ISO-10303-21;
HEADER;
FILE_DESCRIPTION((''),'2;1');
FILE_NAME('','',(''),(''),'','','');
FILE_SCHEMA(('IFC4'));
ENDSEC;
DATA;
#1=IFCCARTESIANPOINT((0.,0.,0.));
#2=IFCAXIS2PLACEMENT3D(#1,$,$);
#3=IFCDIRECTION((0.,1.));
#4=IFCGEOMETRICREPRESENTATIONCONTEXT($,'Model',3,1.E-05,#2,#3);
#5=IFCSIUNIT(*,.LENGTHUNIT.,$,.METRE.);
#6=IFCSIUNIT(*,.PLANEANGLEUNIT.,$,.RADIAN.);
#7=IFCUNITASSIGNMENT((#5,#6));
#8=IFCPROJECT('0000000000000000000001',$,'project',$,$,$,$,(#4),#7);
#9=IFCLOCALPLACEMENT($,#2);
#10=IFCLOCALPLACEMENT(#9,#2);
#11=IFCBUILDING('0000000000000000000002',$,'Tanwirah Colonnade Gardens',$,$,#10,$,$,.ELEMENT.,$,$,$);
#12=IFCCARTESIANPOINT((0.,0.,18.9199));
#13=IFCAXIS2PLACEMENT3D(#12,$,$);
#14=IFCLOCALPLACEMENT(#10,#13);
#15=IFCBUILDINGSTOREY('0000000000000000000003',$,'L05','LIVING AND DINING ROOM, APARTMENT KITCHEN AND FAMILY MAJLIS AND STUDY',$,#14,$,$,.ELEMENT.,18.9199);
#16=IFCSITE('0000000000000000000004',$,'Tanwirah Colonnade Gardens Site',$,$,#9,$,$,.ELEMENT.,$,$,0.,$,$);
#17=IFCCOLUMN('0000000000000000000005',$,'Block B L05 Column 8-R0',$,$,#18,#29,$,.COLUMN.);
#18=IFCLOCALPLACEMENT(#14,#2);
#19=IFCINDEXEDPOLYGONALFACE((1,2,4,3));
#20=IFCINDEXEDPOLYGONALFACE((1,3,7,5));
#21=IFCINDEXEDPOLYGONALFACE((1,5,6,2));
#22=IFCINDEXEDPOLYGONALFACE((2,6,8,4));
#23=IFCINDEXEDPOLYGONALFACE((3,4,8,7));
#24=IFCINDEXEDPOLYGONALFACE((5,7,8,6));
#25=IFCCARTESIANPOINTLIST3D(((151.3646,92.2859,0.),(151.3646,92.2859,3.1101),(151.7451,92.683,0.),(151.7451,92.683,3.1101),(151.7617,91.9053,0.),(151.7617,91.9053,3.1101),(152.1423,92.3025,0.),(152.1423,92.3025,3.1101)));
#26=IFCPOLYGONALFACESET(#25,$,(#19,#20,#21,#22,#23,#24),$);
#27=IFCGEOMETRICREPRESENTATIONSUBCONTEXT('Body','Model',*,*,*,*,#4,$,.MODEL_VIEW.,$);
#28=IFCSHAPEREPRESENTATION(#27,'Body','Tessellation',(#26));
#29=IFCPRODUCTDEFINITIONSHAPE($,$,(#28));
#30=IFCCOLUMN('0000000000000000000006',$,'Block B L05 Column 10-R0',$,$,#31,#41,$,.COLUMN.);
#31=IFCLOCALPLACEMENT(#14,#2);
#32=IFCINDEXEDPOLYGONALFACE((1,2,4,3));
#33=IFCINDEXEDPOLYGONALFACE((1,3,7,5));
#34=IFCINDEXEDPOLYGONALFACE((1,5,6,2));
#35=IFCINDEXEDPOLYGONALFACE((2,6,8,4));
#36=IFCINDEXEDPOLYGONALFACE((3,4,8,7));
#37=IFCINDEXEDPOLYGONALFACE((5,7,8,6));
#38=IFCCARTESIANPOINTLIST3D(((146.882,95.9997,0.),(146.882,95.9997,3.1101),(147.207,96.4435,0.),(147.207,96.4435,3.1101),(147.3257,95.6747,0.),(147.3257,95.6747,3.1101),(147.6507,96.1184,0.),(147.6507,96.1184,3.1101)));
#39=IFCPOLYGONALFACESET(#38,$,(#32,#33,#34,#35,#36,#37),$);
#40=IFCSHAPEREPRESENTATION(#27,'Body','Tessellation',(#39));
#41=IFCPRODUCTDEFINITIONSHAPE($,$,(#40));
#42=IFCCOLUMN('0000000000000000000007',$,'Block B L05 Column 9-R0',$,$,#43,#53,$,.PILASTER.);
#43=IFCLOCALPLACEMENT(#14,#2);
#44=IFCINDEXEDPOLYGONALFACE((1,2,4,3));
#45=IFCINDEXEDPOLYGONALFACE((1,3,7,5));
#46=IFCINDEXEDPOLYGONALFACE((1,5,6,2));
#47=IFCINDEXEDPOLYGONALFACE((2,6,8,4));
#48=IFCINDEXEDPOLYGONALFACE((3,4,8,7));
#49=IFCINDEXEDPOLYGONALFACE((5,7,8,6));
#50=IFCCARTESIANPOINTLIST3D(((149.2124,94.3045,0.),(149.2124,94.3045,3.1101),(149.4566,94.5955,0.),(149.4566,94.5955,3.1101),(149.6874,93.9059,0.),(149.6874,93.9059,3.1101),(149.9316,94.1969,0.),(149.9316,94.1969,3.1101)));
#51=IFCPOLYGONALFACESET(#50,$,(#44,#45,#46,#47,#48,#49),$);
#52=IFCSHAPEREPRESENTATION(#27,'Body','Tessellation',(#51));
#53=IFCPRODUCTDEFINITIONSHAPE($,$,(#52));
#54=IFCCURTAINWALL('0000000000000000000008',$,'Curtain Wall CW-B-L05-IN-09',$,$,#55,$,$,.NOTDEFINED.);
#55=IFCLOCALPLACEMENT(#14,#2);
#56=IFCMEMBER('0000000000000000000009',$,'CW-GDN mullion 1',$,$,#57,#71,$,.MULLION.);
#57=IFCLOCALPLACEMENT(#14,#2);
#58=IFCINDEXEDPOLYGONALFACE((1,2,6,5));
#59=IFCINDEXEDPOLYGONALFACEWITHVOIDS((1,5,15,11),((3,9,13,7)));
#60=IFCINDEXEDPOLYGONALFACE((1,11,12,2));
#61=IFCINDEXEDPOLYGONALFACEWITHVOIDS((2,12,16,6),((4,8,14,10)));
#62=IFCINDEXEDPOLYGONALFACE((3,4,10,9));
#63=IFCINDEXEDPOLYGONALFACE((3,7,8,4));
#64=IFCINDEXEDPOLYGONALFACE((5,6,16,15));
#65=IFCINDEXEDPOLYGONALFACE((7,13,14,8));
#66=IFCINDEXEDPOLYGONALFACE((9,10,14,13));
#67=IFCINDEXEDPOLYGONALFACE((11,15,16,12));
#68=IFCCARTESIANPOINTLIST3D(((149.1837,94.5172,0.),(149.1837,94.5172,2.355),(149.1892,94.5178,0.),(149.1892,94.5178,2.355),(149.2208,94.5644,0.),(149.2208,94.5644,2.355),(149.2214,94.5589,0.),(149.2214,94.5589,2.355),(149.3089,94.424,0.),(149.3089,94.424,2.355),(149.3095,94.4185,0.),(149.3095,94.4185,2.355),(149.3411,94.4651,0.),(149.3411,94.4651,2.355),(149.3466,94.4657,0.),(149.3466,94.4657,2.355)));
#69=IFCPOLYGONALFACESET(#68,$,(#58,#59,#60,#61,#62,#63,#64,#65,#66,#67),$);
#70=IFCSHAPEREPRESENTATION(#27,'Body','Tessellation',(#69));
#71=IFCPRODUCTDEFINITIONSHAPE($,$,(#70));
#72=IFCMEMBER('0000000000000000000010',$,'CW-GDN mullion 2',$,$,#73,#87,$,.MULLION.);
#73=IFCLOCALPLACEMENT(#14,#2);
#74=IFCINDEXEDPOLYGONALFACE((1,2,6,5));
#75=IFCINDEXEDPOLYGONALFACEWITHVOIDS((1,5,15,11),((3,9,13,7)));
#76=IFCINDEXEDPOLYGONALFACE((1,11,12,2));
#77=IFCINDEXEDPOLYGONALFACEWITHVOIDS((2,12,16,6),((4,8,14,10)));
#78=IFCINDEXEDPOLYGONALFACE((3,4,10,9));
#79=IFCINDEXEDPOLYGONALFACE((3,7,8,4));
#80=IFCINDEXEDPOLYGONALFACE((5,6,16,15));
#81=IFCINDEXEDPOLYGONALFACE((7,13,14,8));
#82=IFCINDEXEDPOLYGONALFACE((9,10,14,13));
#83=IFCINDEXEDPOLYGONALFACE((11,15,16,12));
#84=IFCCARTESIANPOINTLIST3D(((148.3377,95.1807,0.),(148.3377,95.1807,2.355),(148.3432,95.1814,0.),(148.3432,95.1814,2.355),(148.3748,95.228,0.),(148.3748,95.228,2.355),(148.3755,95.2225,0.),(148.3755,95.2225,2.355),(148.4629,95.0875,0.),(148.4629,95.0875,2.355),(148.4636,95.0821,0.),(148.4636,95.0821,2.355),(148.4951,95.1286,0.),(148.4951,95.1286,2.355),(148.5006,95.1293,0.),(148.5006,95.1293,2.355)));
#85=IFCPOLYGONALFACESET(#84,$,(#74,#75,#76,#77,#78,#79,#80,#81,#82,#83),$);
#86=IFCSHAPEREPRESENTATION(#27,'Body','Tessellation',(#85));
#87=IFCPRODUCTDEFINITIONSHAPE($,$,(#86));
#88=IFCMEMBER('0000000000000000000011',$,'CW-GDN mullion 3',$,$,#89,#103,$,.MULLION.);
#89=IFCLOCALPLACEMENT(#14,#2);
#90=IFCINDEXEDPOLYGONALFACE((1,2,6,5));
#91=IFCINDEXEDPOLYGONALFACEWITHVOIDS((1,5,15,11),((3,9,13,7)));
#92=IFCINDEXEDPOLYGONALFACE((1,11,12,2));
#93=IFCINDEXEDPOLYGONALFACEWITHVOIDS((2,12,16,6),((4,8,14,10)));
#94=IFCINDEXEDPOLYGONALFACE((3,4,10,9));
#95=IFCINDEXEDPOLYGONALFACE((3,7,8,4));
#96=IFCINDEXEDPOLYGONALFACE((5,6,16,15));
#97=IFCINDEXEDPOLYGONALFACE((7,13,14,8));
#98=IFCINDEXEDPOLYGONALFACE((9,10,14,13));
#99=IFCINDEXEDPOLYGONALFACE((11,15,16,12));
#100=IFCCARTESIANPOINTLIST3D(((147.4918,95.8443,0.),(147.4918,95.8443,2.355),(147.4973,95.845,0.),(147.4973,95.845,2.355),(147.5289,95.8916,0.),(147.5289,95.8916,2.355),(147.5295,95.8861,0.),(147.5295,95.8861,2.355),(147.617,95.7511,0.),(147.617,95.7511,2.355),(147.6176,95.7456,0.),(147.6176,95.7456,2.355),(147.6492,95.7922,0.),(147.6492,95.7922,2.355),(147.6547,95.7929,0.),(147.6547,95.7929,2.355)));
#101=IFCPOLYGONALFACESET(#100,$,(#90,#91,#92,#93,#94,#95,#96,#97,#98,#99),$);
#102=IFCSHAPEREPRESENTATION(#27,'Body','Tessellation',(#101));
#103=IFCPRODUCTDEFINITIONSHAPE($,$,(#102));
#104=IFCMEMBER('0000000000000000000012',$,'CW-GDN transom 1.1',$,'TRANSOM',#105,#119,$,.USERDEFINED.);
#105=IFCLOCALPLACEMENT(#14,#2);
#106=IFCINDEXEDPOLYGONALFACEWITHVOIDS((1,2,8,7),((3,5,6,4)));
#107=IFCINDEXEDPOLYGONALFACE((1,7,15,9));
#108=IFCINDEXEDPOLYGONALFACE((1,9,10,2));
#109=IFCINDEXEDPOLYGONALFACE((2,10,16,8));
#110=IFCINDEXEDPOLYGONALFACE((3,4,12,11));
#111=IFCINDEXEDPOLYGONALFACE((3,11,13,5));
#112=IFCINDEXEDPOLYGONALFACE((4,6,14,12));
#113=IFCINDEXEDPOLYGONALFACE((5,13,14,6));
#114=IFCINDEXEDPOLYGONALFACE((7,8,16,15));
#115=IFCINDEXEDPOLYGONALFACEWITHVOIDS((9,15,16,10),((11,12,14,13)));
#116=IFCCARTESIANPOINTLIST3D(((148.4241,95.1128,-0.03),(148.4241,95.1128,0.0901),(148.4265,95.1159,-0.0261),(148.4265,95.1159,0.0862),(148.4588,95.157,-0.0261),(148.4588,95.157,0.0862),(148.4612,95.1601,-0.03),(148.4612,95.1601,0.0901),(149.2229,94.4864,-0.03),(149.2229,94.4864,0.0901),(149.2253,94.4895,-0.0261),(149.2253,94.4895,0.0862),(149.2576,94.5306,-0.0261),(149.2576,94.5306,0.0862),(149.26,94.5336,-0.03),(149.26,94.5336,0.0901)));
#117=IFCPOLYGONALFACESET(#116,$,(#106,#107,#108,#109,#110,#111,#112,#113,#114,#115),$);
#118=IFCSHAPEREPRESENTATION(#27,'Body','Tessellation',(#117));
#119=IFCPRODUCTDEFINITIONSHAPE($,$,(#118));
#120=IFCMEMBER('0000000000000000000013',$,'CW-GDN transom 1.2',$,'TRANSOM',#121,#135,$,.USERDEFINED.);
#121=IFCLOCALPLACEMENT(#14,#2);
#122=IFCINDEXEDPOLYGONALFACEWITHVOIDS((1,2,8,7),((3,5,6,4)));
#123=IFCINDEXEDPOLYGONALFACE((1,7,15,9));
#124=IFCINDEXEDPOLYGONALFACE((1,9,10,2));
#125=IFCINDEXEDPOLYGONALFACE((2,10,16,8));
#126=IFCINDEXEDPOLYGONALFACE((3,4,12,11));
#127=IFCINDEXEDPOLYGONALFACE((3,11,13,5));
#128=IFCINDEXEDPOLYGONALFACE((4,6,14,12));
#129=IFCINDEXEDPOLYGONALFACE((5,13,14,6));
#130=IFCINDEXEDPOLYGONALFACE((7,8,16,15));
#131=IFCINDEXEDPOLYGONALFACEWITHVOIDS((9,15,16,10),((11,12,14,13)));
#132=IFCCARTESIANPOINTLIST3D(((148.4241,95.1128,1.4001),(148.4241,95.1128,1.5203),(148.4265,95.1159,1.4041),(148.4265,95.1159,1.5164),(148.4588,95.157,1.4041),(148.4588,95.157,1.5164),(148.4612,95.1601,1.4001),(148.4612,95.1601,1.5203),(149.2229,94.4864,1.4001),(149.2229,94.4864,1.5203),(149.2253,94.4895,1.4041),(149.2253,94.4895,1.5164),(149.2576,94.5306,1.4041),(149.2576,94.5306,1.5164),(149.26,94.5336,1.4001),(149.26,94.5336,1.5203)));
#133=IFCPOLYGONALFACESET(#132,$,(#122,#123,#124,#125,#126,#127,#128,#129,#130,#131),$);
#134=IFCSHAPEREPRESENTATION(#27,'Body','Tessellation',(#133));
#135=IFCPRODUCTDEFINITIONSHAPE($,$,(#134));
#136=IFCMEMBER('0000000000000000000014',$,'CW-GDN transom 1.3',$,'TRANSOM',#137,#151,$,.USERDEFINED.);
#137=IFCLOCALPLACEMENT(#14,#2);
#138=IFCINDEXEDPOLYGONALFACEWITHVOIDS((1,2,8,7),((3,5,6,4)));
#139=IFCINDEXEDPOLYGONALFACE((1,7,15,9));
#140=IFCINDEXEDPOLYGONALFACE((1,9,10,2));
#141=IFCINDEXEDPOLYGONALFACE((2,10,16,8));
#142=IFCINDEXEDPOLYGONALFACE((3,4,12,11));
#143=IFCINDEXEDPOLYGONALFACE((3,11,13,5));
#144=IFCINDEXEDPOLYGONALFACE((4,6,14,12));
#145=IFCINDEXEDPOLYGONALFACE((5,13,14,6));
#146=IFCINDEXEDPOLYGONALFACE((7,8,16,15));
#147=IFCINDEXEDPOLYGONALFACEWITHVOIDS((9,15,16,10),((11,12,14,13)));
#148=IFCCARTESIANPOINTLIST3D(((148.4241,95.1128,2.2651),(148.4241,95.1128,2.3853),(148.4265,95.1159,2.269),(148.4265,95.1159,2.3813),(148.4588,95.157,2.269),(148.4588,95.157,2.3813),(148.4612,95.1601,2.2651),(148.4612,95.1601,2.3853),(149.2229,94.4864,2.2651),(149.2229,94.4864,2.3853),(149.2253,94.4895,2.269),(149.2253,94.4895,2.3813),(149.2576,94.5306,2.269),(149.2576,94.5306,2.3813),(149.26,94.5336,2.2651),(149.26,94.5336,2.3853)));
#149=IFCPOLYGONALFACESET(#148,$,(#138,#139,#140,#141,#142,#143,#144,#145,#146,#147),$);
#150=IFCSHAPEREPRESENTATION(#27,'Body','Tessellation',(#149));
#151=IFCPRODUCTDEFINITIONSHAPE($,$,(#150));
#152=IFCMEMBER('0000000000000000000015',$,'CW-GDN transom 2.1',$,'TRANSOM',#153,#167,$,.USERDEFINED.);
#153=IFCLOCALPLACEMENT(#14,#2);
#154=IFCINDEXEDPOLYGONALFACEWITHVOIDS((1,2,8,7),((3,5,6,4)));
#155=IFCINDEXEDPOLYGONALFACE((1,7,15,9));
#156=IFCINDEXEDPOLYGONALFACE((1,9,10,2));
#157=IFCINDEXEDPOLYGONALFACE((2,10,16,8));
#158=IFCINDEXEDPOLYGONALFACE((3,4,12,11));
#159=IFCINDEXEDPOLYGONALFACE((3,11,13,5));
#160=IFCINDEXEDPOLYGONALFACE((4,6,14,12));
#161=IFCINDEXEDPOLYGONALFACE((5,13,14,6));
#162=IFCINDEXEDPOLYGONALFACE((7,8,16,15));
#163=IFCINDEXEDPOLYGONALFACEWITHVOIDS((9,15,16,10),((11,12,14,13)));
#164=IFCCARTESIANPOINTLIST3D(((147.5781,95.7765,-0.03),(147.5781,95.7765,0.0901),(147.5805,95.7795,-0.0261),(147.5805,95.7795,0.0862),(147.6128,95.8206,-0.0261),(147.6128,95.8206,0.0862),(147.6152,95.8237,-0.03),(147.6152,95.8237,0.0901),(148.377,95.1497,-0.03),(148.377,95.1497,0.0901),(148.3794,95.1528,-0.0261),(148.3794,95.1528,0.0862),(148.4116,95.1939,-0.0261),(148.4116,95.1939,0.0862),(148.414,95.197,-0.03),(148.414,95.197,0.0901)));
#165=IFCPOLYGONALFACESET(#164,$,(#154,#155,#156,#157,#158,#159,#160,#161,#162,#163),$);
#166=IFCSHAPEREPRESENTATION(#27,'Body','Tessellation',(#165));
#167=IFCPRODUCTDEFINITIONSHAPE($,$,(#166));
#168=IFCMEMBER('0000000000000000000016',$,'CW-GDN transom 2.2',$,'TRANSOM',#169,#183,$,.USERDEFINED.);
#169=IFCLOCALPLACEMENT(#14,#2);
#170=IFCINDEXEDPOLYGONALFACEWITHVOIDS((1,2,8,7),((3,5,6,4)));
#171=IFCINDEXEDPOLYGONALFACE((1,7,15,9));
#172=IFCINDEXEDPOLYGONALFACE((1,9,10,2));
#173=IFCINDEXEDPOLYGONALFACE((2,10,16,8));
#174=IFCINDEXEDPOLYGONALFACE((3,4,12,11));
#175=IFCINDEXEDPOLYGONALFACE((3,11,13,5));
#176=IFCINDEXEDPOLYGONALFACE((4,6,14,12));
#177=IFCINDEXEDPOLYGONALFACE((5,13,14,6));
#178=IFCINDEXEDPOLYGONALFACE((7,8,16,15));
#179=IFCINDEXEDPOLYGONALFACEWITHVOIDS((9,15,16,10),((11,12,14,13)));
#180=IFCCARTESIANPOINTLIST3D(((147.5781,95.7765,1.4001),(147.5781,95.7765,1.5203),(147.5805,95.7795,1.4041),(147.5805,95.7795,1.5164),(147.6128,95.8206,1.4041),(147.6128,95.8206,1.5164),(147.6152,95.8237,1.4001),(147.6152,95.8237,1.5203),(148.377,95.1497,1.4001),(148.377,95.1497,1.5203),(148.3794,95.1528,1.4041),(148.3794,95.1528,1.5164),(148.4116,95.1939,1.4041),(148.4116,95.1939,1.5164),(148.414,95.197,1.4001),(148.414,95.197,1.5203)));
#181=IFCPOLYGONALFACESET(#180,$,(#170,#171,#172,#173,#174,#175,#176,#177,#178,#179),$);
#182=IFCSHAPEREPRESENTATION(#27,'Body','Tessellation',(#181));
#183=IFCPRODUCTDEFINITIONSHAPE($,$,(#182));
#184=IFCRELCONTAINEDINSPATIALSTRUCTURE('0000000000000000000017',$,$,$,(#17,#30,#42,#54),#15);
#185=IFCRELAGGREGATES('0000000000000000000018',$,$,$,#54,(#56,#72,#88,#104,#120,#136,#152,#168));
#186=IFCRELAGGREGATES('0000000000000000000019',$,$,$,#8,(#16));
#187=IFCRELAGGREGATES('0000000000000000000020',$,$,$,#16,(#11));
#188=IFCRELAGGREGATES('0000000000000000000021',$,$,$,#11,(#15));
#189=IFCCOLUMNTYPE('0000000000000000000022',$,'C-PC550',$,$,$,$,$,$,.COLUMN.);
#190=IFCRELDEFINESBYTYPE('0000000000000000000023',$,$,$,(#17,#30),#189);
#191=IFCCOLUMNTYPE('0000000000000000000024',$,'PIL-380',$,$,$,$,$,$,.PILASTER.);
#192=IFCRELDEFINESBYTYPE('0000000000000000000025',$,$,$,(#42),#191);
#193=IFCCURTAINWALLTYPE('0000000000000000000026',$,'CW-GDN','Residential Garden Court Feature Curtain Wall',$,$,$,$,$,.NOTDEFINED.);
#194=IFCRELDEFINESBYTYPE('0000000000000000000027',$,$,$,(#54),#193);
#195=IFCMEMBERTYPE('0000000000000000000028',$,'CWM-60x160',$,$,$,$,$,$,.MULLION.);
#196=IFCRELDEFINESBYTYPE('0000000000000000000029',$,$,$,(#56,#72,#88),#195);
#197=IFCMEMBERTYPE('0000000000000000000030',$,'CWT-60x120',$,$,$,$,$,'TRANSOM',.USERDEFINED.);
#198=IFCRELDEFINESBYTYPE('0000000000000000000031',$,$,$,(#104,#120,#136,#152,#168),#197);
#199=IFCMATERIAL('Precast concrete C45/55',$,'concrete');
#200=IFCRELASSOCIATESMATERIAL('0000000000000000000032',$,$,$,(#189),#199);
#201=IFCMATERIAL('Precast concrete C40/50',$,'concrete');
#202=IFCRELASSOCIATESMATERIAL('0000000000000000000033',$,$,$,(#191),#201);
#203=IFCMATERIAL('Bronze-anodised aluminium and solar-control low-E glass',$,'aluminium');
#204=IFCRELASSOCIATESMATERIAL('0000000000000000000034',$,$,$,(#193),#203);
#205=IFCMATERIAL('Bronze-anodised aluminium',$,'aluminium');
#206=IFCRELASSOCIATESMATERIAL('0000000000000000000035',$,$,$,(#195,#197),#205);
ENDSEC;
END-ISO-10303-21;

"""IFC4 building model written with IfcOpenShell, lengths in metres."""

from ifc_helpers import new_model, si_unit, direction, frame, origin, origin_2d, place, context, subcontext, project, spatial, rectangle, hollow_rectangle, extrude, material, material_profile, profile_set, type_object, element, aggregate, save


model = new_model("IFC4")

# Units and contexts
model_context = context("Model", 3, precision=1e-05, world=origin(), true_north=direction((0.0, 1.0)))
body_context = subcontext(model_context, "Body", "Model", "MODEL_VIEW")
ifc_project = project(units=[si_unit("LENGTHUNIT", "METRE"), si_unit("PLANEANGLEUNIT", "RADIAN")], contexts=[model_context])

# Site, building, storey
site_placement = place(None, origin())
site = spatial("IfcSite", under=ifc_project, at=site_placement, Name="Tanwirah Colonnade Gardens Site", CompositionType="ELEMENT", RefElevation=0.0)
building_placement = place(site_placement, origin())
building = spatial("IfcBuilding", under=site, at=building_placement, Name="Tanwirah Colonnade Gardens", CompositionType="ELEMENT")
storey_placement = place(building_placement, frame((0.0, 0.0, 18.9199)))
storey = spatial("IfcBuildingStorey", under=building, at=storey_placement, Name="L05", Description="LIVING AND DINING ROOM, APARTMENT KITCHEN AND FAMILY MAJLIS AND STUDY", CompositionType="ELEMENT", Elevation=18.9199)

# Columns
ifc_material_1 = material(Name="Precast concrete C45/55", Category="concrete")
ifc_material_profile_1 = material_profile(ifc_material_1, rectangle(XDim=0.55, YDim=0.55, at=origin_2d()), Name="PC-COL 550x550")
ifc_profile_set_1 = profile_set([ifc_material_profile_1], Name="Precast concrete C45/55")
column_type_1 = type_object("IfcColumnType", Name="C-PC550", PredefinedType="COLUMN", material=ifc_profile_set_1)
for number, where, z_axis, x_axis, name in (
    (1, (151.7534, 92.2942, 0.0), (0.0, 0.0, 1.0), (0.691863, 0.722029, 0.0), "Block B L05 Column 8-R0"),
    (2, (147.2664, 96.0591, 0.0), (0.0, 0.0, 1.0), (0.590919, 0.806731, 0.0), "Block B L05 Column 10-R0"),
):
    element("IfcColumn", number, at=place(storey_placement, frame(where, z_axis=z_axis, x_axis=x_axis)), inside=storey, type_object=column_type_1, Name=name, PredefinedType="COLUMN", context=body_context, shape_type="SweptSolid", body=[
        extrude(rectangle(XDim=0.55, YDim=0.55, at=origin_2d()), origin(), (0.0, 0.0, 1.0), 3.1101),
    ])
ifc_material_2 = material(Name="Precast concrete C40/50", Category="concrete")
ifc_material_profile_2 = material_profile(ifc_material_2, rectangle(XDim=0.3799, YDim=0.6201, at=origin_2d()), Name="PC-PIL 380x620")
ifc_profile_set_2 = profile_set([ifc_material_profile_2], Name="Precast concrete C40/50")
column_type_2 = type_object("IfcColumnType", Name="PIL-380", PredefinedType="PILASTER", material=ifc_profile_set_2)
column_placement = place(storey_placement, frame((149.572, 94.2507, 0.0), z_axis=(0.0, 0.0, 1.0), x_axis=(0.642788, 0.766044, 0.0)))
element("IfcColumn", 3, at=column_placement, inside=storey, type_object=column_type_2, Name="Block B L05 Column 9-R0", PredefinedType="PILASTER", context=body_context, shape_type="SweptSolid", body=[
    extrude(rectangle(XDim=0.3799, YDim=0.6201, at=origin_2d()), origin(), (0.0, 0.0, 1.0), 3.1101),
])

# Curtain wall, members
ifc_material_3 = material(Name="Bronze-anodised aluminium and solar-control low-E glass", Category="aluminium")
curtain_wall_type = type_object("IfcCurtainWallType", Name="CW-GDN", Description="Residential Garden Court Feature Curtain Wall", PredefinedType="NOTDEFINED", material=ifc_material_3)
curtain_wall_placement = place(storey_placement, origin())
curtain_wall = element("IfcCurtainWall", 4, at=curtain_wall_placement, inside=storey, type_object=curtain_wall_type, Name="Curtain Wall CW-B-L05-IN-09", PredefinedType="NOTDEFINED")
ifc_material_4 = material(Name="Bronze-anodised aluminium", Category="aluminium")
ifc_material_profile_3 = material_profile(ifc_material_4, hollow_rectangle(XDim=0.0601, YDim=0.1599, WallThickness=0.0039, at=origin_2d()), Name="CW-MUL 60x160x4")
ifc_profile_set_3 = profile_set([ifc_material_profile_3], Name="Bronze-anodised aluminium")
member_type_1 = type_object("IfcMemberType", Name="CWM-60x160", PredefinedType="MULLION", material=ifc_profile_set_3)
member_1_placement = place(storey_placement, frame((149.2651, 94.4915, 0.0), z_axis=(0.0, 0.0, 1.0), x_axis=(-0.617189, -0.786815, 0.0)))
member_1 = element("IfcMember", 5, at=member_1_placement, type_object=member_type_1, Name="CW-GDN mullion 1", PredefinedType="MULLION", context=body_context, shape_type="SweptSolid", body=[
    extrude(hollow_rectangle(XDim=0.0601, YDim=0.1599, WallThickness=0.0039, at=origin_2d()), origin(), (0.0, 0.0, 1.0), 2.355),
])
member_2_placement = place(storey_placement, frame((148.4192, 95.155, 0.0), z_axis=(0.0, 0.0, 1.0), x_axis=(-0.617189, -0.786815, 0.0)))
member_2 = element("IfcMember", 6, at=member_2_placement, type_object=member_type_1, Name="CW-GDN mullion 2", PredefinedType="MULLION", context=body_context, shape_type="SweptSolid", body=[
    extrude(hollow_rectangle(XDim=0.0601, YDim=0.1599, WallThickness=0.0039, at=origin_2d()), origin(), (0.0, 0.0, 1.0), 2.355),
])
member_3_placement = place(storey_placement, frame((147.5732, 95.8186, 0.0), z_axis=(0.0, 0.0, 1.0), x_axis=(-0.617189, -0.786815, 0.0)))
member_3 = element("IfcMember", 7, at=member_3_placement, type_object=member_type_1, Name="CW-GDN mullion 3", PredefinedType="MULLION", context=body_context, shape_type="SweptSolid", body=[
    extrude(hollow_rectangle(XDim=0.0601, YDim=0.1599, WallThickness=0.0039, at=origin_2d()), origin(), (0.0, 0.0, 1.0), 2.355),
])
ifc_material_profile_4 = material_profile(ifc_material_4, hollow_rectangle(XDim=0.0601, YDim=0.1201, WallThickness=0.0039, at=origin_2d()), Name="CW-TRN 60x120x4")
ifc_profile_set_4 = profile_set([ifc_material_profile_4], Name="Bronze-anodised aluminium")
member_type_2 = type_object("IfcMemberType", Name="CWT-60x120", ElementType="TRANSOM", PredefinedType="USERDEFINED", material=ifc_profile_set_4)
member_4_placement = place(storey_placement, frame((149.2415, 94.51, 0.03), z_axis=(-0.786885, 0.617099, 0.0), x_axis=(-0.617099, -0.786885, 0.0)))
member_4 = element("IfcMember", 8, at=member_4_placement, type_object=member_type_2, Name="CW-GDN transom 1.1", ObjectType="TRANSOM", PredefinedType="USERDEFINED", context=body_context, shape_type="SweptSolid", body=[
    extrude(hollow_rectangle(XDim=0.0601, YDim=0.1201, WallThickness=0.0039, at=origin_2d()), origin(), (0.0, 0.0, 1.0), 1.0151),
])
member_5_placement = place(storey_placement, frame((149.2415, 94.51, 1.4602), z_axis=(-0.786885, 0.617099, 0.0), x_axis=(-0.617099, -0.786885, 0.0)))
member_5 = element("IfcMember", 9, at=member_5_placement, type_object=member_type_2, Name="CW-GDN transom 1.2", ObjectType="TRANSOM", PredefinedType="USERDEFINED", context=body_context, shape_type="SweptSolid", body=[
    extrude(hollow_rectangle(XDim=0.0601, YDim=0.1201, WallThickness=0.0039, at=origin_2d()), origin(), (0.0, 0.0, 1.0), 1.0151),
])
member_6_placement = place(storey_placement, frame((149.2415, 94.51, 2.3252), z_axis=(-0.786885, 0.617099, 0.0), x_axis=(-0.617099, -0.786885, 0.0)))
member_6 = element("IfcMember", 10, at=member_6_placement, type_object=member_type_2, Name="CW-GDN transom 1.3", ObjectType="TRANSOM", PredefinedType="USERDEFINED", context=body_context, shape_type="SweptSolid", body=[
    extrude(hollow_rectangle(XDim=0.0601, YDim=0.1201, WallThickness=0.0039, at=origin_2d()), origin(), (0.0, 0.0, 1.0), 1.0151),
])
member_7_placement = place(storey_placement, frame((148.3955, 95.1733, 0.03), z_axis=(-0.786769, 0.617248, 0.0), x_axis=(-0.617248, -0.786769, 0.0)))
member_7 = element("IfcMember", 11, at=member_7_placement, type_object=member_type_2, Name="CW-GDN transom 2.1", ObjectType="TRANSOM", PredefinedType="USERDEFINED", context=body_context, shape_type="SweptSolid", body=[
    extrude(hollow_rectangle(XDim=0.0601, YDim=0.1201, WallThickness=0.0039, at=origin_2d()), origin(), (0.0, 0.0, 1.0), 1.0154),
])
member_8_placement = place(storey_placement, frame((148.3955, 95.1733, 1.4602), z_axis=(-0.786769, 0.617248, 0.0), x_axis=(-0.617248, -0.786769, 0.0)))
member_8 = element("IfcMember", 12, at=member_8_placement, type_object=member_type_2, Name="CW-GDN transom 2.2", ObjectType="TRANSOM", PredefinedType="USERDEFINED", context=body_context, shape_type="SweptSolid", body=[
    extrude(hollow_rectangle(XDim=0.0601, YDim=0.1201, WallThickness=0.0039, at=origin_2d()), origin(), (0.0, 0.0, 1.0), 1.0154),
])

aggregate(curtain_wall, [member_1, member_2, member_3, member_4, member_5, member_6, member_7, member_8])

save(model, "model.ifc")
